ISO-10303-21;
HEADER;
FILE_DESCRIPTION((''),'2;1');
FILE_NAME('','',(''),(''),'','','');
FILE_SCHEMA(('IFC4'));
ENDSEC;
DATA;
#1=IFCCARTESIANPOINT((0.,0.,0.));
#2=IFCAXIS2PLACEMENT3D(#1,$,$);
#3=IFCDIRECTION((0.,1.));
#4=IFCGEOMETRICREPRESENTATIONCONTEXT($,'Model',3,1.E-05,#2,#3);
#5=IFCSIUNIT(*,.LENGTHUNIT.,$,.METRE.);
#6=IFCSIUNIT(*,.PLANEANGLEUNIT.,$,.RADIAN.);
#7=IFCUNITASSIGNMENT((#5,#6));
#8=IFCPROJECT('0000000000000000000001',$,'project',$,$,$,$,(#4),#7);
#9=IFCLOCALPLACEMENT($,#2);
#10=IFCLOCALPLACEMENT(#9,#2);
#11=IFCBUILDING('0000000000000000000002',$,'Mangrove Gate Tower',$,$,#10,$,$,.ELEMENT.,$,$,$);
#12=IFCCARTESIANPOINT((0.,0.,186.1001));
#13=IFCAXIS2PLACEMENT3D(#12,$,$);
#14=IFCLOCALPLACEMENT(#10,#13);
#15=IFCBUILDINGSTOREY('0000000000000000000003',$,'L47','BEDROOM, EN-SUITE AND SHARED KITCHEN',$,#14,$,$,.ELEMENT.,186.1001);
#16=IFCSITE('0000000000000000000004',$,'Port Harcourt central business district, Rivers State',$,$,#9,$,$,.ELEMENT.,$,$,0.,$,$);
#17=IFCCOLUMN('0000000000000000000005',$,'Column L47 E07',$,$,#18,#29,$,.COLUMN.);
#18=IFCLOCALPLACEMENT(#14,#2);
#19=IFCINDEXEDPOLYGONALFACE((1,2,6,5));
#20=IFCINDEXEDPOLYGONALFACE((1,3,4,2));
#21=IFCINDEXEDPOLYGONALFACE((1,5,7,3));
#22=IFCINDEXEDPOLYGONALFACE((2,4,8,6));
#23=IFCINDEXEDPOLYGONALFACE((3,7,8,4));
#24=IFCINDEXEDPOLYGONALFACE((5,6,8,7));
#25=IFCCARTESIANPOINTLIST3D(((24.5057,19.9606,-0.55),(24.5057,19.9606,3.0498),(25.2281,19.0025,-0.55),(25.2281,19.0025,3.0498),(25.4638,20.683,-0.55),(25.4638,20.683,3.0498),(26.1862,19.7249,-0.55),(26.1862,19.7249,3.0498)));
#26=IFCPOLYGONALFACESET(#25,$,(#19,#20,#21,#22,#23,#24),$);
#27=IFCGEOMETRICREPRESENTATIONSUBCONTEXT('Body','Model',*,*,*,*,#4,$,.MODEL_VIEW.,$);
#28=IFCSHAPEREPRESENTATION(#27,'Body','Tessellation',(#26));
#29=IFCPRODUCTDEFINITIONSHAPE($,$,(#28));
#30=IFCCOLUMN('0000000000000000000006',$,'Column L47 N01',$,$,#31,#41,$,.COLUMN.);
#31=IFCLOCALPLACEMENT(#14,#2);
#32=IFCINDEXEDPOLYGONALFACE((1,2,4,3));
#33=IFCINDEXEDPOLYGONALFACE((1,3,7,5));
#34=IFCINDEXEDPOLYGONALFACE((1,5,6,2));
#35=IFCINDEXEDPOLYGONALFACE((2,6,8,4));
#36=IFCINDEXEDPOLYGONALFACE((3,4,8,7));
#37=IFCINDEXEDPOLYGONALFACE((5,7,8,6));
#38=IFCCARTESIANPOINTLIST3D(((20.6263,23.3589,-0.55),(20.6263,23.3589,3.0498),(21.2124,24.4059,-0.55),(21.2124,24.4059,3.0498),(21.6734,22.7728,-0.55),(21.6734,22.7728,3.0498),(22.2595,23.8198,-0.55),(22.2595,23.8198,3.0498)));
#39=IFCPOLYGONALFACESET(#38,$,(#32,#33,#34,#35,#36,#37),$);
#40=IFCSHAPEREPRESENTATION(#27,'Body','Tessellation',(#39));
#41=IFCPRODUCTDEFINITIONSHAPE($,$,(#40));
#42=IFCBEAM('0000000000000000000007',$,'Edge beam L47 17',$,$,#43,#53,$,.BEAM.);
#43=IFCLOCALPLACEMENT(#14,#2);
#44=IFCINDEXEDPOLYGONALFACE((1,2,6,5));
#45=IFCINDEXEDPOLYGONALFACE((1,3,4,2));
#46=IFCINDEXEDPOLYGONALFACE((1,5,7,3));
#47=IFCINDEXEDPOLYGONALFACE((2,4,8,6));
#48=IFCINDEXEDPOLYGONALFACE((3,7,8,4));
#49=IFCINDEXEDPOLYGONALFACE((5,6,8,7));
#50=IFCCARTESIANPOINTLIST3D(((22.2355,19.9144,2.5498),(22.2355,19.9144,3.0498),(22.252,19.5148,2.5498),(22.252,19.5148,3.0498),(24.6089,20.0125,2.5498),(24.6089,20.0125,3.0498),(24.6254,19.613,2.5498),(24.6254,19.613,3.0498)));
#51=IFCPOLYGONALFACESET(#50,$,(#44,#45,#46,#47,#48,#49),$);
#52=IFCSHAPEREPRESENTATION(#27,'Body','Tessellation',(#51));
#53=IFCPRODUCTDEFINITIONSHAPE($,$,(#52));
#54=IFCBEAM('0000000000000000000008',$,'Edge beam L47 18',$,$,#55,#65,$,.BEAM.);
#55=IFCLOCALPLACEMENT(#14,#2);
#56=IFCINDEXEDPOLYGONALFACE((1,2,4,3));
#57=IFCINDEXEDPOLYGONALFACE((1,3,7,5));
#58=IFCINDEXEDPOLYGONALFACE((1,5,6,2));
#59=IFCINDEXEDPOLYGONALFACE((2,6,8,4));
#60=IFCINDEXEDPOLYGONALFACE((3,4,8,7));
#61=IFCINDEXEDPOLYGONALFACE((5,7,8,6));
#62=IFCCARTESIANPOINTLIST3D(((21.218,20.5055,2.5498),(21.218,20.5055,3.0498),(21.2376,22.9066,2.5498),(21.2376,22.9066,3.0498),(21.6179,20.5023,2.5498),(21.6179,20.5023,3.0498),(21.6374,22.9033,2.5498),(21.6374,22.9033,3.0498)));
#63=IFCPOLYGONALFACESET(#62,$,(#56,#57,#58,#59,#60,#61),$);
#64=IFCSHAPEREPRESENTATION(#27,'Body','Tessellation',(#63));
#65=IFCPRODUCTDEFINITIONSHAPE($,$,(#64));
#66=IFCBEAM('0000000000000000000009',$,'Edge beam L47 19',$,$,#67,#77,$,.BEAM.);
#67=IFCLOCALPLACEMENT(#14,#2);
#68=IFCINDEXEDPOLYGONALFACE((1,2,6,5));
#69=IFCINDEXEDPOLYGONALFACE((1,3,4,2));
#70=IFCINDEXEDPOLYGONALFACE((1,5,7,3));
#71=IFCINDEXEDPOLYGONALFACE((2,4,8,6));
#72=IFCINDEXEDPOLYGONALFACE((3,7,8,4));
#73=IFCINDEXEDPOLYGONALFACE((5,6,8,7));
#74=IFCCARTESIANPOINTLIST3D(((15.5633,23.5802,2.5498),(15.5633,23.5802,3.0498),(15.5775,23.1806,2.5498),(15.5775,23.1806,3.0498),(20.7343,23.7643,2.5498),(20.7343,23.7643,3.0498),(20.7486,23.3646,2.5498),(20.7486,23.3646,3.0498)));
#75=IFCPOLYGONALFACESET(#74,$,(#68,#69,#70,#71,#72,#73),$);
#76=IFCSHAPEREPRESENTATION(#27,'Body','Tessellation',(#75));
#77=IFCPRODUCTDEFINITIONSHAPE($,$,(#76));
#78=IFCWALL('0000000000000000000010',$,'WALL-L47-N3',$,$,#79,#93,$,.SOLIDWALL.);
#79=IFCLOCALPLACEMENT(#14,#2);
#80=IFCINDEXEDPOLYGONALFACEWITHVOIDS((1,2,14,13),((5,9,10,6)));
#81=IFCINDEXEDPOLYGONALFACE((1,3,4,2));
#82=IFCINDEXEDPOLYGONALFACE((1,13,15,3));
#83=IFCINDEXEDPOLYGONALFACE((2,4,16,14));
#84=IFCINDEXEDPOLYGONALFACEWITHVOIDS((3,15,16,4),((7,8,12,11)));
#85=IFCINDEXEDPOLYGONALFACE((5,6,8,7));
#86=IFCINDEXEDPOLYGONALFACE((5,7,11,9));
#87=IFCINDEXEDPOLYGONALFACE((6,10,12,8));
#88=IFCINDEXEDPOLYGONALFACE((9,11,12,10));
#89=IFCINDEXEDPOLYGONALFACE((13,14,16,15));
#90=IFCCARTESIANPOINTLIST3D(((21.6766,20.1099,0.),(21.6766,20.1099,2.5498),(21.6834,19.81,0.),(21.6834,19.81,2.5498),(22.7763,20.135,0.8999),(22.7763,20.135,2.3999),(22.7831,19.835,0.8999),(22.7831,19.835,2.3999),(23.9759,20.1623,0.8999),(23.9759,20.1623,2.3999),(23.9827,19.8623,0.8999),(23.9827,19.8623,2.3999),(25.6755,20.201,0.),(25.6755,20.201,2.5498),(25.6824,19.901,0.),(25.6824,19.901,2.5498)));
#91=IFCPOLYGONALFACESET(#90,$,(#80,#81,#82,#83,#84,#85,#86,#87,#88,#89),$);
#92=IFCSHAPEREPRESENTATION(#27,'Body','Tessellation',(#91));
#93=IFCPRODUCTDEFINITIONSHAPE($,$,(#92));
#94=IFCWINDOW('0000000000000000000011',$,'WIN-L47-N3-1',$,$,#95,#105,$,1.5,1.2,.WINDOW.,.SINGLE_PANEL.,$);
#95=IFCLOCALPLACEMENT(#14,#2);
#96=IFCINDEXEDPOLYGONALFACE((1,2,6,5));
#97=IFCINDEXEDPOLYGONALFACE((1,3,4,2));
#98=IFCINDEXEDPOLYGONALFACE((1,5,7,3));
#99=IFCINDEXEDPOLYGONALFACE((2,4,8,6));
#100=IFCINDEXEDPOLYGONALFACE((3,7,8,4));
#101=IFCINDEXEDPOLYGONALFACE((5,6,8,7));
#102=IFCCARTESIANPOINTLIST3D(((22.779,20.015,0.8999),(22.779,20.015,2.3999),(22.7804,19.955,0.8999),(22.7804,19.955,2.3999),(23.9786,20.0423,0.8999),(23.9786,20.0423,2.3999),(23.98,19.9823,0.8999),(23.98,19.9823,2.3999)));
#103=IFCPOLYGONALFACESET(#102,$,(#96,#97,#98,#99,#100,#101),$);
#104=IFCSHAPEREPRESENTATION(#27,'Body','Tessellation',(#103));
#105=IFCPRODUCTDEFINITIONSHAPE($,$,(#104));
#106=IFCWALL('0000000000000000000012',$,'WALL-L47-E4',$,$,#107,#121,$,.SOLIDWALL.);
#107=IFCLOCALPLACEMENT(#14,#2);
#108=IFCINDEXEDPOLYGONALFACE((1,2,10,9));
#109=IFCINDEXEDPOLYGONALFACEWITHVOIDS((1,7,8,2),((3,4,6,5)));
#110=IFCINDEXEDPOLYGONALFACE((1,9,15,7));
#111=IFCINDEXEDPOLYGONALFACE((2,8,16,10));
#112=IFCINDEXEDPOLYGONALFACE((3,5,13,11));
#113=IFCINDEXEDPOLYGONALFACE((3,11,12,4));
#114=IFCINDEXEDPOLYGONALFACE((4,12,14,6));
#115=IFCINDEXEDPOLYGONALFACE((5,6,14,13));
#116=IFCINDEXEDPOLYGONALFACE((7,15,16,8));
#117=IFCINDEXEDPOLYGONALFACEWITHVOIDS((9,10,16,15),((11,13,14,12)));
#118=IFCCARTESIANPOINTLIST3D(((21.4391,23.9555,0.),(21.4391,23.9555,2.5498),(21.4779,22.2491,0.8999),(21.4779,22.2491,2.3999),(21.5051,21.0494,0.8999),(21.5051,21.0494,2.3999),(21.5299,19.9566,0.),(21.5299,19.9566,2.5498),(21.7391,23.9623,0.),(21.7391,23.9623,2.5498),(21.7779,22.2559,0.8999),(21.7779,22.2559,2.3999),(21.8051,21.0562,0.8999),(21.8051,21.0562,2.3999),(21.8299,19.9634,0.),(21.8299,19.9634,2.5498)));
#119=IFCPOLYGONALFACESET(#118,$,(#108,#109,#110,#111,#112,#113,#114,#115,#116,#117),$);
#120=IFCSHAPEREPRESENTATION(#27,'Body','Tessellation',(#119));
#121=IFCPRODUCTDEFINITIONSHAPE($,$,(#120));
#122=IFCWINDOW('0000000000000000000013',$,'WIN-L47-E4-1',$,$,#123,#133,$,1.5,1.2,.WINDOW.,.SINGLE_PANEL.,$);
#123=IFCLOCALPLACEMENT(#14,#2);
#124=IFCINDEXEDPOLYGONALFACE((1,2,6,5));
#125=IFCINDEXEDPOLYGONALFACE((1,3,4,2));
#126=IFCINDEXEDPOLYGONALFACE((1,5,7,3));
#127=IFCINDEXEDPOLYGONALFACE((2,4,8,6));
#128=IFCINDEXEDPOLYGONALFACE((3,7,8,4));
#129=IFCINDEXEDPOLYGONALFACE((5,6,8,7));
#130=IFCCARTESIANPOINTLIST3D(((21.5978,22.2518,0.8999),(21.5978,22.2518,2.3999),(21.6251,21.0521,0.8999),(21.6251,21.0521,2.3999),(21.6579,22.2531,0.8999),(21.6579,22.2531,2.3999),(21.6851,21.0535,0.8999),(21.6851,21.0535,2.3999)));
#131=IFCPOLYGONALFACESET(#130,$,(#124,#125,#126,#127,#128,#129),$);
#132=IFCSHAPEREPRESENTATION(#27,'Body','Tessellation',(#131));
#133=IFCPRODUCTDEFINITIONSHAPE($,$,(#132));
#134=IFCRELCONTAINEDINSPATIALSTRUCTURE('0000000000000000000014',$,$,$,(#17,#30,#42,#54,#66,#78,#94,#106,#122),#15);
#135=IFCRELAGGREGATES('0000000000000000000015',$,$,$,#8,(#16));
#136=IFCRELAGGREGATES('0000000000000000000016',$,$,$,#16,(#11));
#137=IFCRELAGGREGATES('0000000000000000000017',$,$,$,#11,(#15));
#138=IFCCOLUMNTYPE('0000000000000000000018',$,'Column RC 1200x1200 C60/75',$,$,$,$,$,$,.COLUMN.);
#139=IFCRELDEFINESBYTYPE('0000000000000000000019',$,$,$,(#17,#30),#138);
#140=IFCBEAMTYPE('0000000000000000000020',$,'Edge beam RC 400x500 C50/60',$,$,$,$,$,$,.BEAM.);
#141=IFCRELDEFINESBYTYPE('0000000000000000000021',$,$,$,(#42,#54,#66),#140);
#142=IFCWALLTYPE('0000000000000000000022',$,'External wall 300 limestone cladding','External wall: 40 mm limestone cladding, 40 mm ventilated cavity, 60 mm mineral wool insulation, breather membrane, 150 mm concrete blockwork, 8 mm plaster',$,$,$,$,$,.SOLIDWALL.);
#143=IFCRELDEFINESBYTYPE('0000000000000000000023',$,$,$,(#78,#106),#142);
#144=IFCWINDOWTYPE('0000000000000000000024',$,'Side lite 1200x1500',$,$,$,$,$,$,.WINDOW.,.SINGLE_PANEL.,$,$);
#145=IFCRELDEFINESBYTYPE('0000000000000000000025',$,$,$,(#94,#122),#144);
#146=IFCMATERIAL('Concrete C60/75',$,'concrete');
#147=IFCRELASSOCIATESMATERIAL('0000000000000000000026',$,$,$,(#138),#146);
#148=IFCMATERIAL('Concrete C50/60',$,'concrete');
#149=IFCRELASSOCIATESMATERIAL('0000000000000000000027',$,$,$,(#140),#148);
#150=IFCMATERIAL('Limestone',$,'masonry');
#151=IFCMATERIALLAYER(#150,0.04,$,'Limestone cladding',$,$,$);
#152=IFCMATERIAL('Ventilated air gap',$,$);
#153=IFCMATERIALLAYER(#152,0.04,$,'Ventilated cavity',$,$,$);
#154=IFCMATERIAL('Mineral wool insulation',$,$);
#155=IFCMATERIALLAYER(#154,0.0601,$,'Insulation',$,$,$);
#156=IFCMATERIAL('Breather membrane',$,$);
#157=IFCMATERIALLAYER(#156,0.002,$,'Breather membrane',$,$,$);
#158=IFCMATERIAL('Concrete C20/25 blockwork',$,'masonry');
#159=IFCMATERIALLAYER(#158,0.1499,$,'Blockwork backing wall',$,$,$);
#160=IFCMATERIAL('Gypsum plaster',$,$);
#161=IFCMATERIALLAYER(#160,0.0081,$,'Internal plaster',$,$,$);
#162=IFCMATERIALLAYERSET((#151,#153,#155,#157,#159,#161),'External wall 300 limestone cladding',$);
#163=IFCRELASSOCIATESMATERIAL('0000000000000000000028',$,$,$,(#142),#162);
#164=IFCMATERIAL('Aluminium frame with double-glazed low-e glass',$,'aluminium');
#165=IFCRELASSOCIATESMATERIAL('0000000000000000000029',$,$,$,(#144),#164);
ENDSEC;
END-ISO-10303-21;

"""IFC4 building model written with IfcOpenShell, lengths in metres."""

from ifc_helpers import new_model, si_unit, direction, frame, frame_2d, origin, origin_2d, place, context, subcontext, project, spatial, rectangle, extrude, material, layer, layer_set, material_profile, profile_set, type_object, element, fill, save


model = new_model("IFC4")

# Units and contexts
model_context = context("Model", 3, precision=1e-05, world=origin(), true_north=direction((0.0, 1.0)))
body_context = subcontext(model_context, "Body", "Model", "MODEL_VIEW")
ifc_project = project(units=[si_unit("LENGTHUNIT", "METRE"), si_unit("PLANEANGLEUNIT", "RADIAN")], contexts=[model_context])

# Site, building, storey
site_placement = place(None, origin())
site = spatial("IfcSite", under=ifc_project, at=site_placement, Name="Port Harcourt central business district, Rivers State", CompositionType="ELEMENT", RefElevation=0.0)
building_placement = place(site_placement, origin())
building = spatial("IfcBuilding", under=site, at=building_placement, Name="Mangrove Gate Tower", CompositionType="ELEMENT")
storey_placement = place(building_placement, frame((0.0, 0.0, 186.1001)))
storey = spatial("IfcBuildingStorey", under=building, at=storey_placement, Name="L47", Description="BEDROOM, EN-SUITE AND SHARED KITCHEN", CompositionType="ELEMENT", Elevation=186.1001)

# Columns
ifc_material_1 = material(Name="Concrete C60/75", Category="concrete")
ifc_material_profile_1 = material_profile(ifc_material_1, rectangle(XDim=1.2, YDim=1.2, at=origin_2d()))
ifc_profile_set_1 = profile_set([ifc_material_profile_1], Name="Concrete C60/75")
column_type = type_object("IfcColumnType", Name="Column RC 1200x1200 C60/75", PredefinedType="COLUMN", material=ifc_profile_set_1)
for number, where, z_axis, x_axis, name in (
    (1, (25.3459, 19.8428, -0.55), (0.0, 0.0, 1.0), (-0.60203, 0.798474, 0.0), "Column L47 E07"),
    (2, (21.4429, 23.5894, -0.55), (0.0, 0.0, 1.0), (-0.872595, 0.488445, 0.0), "Column L47 N01"),
):
    element("IfcColumn", number, at=place(storey_placement, frame(where, z_axis=z_axis, x_axis=x_axis)), inside=storey, type_object=column_type, Name=name, PredefinedType="COLUMN", context=body_context, shape_type="SweptSolid", body=[
        extrude(rectangle(XDim=1.2, YDim=1.2, at=origin_2d()), origin(), (0.0, 0.0, 1.0), 3.5999),
    ])

# Beams
ifc_material_2 = material(Name="Concrete C50/60", Category="concrete")
ifc_material_profile_2 = material_profile(ifc_material_2, rectangle(XDim=0.3999, YDim=0.5, at=origin_2d()))
ifc_profile_set_2 = profile_set([ifc_material_profile_2], Name="Concrete C50/60")
beam_type = type_object("IfcBeamType", Name="Edge beam RC 400x500 C50/60", PredefinedType="BEAM", material=ifc_profile_set_2)
beam_1_placement = place(storey_placement, frame((24.6172, 19.8127, 2.7998), z_axis=(-0.999146, -0.041314, 0.0), x_axis=(0.041314, -0.999146, 0.0)))
element("IfcBeam", 3, at=beam_1_placement, inside=storey, type_object=beam_type, Name="Edge beam L47 17", PredefinedType="BEAM", context=body_context, shape_type="SweptSolid", body=[
    extrude(rectangle(XDim=0.3999, YDim=0.5, at=origin_2d()), origin(), (0.0, 0.0, 1.0), 2.3755),
])
beam_2_placement = place(storey_placement, frame((21.418, 20.5039, 2.7998), z_axis=(0.008134, 0.999967, 0.0), x_axis=(-0.999967, 0.008134, 0.0)))
element("IfcBeam", 4, at=beam_2_placement, inside=storey, type_object=beam_type, Name="Edge beam L47 18", PredefinedType="BEAM", context=body_context, shape_type="SweptSolid", body=[
    extrude(rectangle(XDim=0.3999, YDim=0.5, at=origin_2d()), origin(), (0.0, 0.0, 1.0), 2.4011),
])
beam_3_placement = place(storey_placement, frame((20.7415, 23.5645, 2.7998), z_axis=(-0.999367, -0.035575, 0.0), x_axis=(0.035575, -0.999367, 0.0)))
element("IfcBeam", 5, at=beam_3_placement, inside=storey, type_object=beam_type, Name="Edge beam L47 19", PredefinedType="BEAM", context=body_context, shape_type="SweptSolid", body=[
    extrude(rectangle(XDim=0.3999, YDim=0.5, at=origin_2d()), origin(), (0.0, 0.0, 1.0), 5.1743),
])

# Walls, openings, windows
ifc_material_3 = material(Name="Limestone", Category="masonry")
ifc_layer_1 = layer(ifc_material_3, 0.04, Name="Limestone cladding")
ifc_material_4 = material(Name="Ventilated air gap")
ifc_layer_2 = layer(ifc_material_4, 0.04, Name="Ventilated cavity")
ifc_material_5 = material(Name="Mineral wool insulation")
ifc_layer_3 = layer(ifc_material_5, 0.0601, Name="Insulation")
ifc_material_6 = material(Name="Breather membrane")
ifc_layer_4 = layer(ifc_material_6, 0.002, Name="Breather membrane")
ifc_material_7 = material(Name="Concrete C20/25 blockwork", Category="masonry")
ifc_layer_5 = layer(ifc_material_7, 0.1499, Name="Blockwork backing wall")
ifc_material_8 = material(Name="Gypsum plaster")
ifc_layer_6 = layer(ifc_material_8, 0.0081, Name="Internal plaster")
ifc_layer_set = layer_set([ifc_layer_1, ifc_layer_2, ifc_layer_3, ifc_layer_4, ifc_layer_5, ifc_layer_6], Name="External wall 300 limestone cladding")
wall_type = type_object("IfcWallType", Name="External wall 300 limestone cladding", Description="External wall: 40 mm limestone cladding, 40 mm ventilated cavity, 60 mm mineral wool insulation, breather membrane, 150 mm concrete blockwork, 8 mm plaster", PredefinedType="SOLIDWALL", material=ifc_layer_set)
wall_1_placement = place(storey_placement, frame((25.679, 20.051, 0.0), z_axis=(0.0, 0.0, 1.0), x_axis=(-0.999741, -0.022766, 0.0)))
wall_1 = element("IfcWall", 6, at=wall_1_placement, inside=storey, type_object=wall_type, Name="WALL-L47-N3", PredefinedType="SOLIDWALL", context=body_context, shape_type="SweptSolid", body=[
    extrude(rectangle(XDim=4.0, YDim=0.3, at=frame_2d((2.0, 0.0))), origin(), (0.0, 0.0, 1.0), 2.5498),
])
opening_1_placement = place(wall_1_placement, frame((1.7, 0.0, 0.8999)))
opening_1 = element("IfcOpeningElement", 7, at=opening_1_placement, cuts=wall_1, PredefinedType="OPENING", context=body_context, shape_type="SweptSolid", body=[
    extrude(rectangle(XDim=1.2, YDim=1.5, at=frame_2d((0.6001, 0.75))), frame((0.0, 0.1599, 0.0), z_axis=(0.0, -1.0, 0.0), x_axis=(1.0, 0.0, 0.0)), (0.0, 0.0, 1.0), 0.3201),
])
ifc_material_9 = material(Name="Aluminium frame with double-glazed low-e glass", Category="aluminium")
window_type = type_object("IfcWindowType", Name="Side lite 1200x1500", PartitioningType="SINGLE_PANEL", PredefinedType="WINDOW", material=ifc_material_9)
window_1_placement = place(opening_1_placement, origin())
window_1 = element("IfcWindow", 8, at=window_1_placement, inside=storey, type_object=window_type, Name="WIN-L47-N3-1", OverallHeight=1.5, OverallWidth=1.2, PartitioningType="SINGLE_PANEL", PredefinedType="WINDOW", context=body_context, shape_type="SweptSolid", body=[
    extrude(rectangle(XDim=1.2, YDim=1.5, at=frame_2d((0.6001, 0.75))), frame((0.0, 0.03, 0.0), z_axis=(0.0, -1.0, 0.0), x_axis=(1.0, 0.0, 0.0)), (0.0, 0.0, 1.0), 0.0601),
])
fill(opening_1, window_1)
wall_2_placement = place(storey_placement, frame((21.6799, 19.96, 0.0), z_axis=(0.0, 0.0, 1.0), x_axis=(-0.022705, 0.999742, 0.0)))
wall_2 = element("IfcWall", 9, at=wall_2_placement, inside=storey, type_object=wall_type, Name="WALL-L47-E4", PredefinedType="SOLIDWALL", context=body_context, shape_type="SweptSolid", body=[
    extrude(rectangle(XDim=4.0, YDim=0.3, at=frame_2d((2.0, 0.0))), origin(), (0.0, 0.0, 1.0), 2.5498),
])
opening_2_placement = place(wall_2_placement, frame((1.093, 0.0, 0.8999)))
opening_2 = element("IfcOpeningElement", 10, at=opening_2_placement, cuts=wall_2, PredefinedType="OPENING", context=body_context, shape_type="SweptSolid", body=[
    extrude(rectangle(XDim=1.2, YDim=1.5, at=frame_2d((0.6001, 0.75))), frame((0.0, 0.1599, 0.0), z_axis=(0.0, -1.0, 0.0), x_axis=(1.0, 0.0, 0.0)), (0.0, 0.0, 1.0), 0.3201),
])
window_2_placement = place(opening_2_placement, origin())
window_2 = element("IfcWindow", 11, at=window_2_placement, inside=storey, type_object=window_type, Name="WIN-L47-E4-1", OverallHeight=1.5, OverallWidth=1.2, PartitioningType="SINGLE_PANEL", PredefinedType="WINDOW", context=body_context, shape_type="SweptSolid", body=[
    extrude(rectangle(XDim=1.2, YDim=1.5, at=frame_2d((0.6001, 0.75))), frame((0.0, 0.03, 0.0), z_axis=(0.0, -1.0, 0.0), x_axis=(1.0, 0.0, 0.0)), (0.0, 0.0, 1.0), 0.0601),
])
fill(opening_2, window_2)

save(model, "model.ifc")
